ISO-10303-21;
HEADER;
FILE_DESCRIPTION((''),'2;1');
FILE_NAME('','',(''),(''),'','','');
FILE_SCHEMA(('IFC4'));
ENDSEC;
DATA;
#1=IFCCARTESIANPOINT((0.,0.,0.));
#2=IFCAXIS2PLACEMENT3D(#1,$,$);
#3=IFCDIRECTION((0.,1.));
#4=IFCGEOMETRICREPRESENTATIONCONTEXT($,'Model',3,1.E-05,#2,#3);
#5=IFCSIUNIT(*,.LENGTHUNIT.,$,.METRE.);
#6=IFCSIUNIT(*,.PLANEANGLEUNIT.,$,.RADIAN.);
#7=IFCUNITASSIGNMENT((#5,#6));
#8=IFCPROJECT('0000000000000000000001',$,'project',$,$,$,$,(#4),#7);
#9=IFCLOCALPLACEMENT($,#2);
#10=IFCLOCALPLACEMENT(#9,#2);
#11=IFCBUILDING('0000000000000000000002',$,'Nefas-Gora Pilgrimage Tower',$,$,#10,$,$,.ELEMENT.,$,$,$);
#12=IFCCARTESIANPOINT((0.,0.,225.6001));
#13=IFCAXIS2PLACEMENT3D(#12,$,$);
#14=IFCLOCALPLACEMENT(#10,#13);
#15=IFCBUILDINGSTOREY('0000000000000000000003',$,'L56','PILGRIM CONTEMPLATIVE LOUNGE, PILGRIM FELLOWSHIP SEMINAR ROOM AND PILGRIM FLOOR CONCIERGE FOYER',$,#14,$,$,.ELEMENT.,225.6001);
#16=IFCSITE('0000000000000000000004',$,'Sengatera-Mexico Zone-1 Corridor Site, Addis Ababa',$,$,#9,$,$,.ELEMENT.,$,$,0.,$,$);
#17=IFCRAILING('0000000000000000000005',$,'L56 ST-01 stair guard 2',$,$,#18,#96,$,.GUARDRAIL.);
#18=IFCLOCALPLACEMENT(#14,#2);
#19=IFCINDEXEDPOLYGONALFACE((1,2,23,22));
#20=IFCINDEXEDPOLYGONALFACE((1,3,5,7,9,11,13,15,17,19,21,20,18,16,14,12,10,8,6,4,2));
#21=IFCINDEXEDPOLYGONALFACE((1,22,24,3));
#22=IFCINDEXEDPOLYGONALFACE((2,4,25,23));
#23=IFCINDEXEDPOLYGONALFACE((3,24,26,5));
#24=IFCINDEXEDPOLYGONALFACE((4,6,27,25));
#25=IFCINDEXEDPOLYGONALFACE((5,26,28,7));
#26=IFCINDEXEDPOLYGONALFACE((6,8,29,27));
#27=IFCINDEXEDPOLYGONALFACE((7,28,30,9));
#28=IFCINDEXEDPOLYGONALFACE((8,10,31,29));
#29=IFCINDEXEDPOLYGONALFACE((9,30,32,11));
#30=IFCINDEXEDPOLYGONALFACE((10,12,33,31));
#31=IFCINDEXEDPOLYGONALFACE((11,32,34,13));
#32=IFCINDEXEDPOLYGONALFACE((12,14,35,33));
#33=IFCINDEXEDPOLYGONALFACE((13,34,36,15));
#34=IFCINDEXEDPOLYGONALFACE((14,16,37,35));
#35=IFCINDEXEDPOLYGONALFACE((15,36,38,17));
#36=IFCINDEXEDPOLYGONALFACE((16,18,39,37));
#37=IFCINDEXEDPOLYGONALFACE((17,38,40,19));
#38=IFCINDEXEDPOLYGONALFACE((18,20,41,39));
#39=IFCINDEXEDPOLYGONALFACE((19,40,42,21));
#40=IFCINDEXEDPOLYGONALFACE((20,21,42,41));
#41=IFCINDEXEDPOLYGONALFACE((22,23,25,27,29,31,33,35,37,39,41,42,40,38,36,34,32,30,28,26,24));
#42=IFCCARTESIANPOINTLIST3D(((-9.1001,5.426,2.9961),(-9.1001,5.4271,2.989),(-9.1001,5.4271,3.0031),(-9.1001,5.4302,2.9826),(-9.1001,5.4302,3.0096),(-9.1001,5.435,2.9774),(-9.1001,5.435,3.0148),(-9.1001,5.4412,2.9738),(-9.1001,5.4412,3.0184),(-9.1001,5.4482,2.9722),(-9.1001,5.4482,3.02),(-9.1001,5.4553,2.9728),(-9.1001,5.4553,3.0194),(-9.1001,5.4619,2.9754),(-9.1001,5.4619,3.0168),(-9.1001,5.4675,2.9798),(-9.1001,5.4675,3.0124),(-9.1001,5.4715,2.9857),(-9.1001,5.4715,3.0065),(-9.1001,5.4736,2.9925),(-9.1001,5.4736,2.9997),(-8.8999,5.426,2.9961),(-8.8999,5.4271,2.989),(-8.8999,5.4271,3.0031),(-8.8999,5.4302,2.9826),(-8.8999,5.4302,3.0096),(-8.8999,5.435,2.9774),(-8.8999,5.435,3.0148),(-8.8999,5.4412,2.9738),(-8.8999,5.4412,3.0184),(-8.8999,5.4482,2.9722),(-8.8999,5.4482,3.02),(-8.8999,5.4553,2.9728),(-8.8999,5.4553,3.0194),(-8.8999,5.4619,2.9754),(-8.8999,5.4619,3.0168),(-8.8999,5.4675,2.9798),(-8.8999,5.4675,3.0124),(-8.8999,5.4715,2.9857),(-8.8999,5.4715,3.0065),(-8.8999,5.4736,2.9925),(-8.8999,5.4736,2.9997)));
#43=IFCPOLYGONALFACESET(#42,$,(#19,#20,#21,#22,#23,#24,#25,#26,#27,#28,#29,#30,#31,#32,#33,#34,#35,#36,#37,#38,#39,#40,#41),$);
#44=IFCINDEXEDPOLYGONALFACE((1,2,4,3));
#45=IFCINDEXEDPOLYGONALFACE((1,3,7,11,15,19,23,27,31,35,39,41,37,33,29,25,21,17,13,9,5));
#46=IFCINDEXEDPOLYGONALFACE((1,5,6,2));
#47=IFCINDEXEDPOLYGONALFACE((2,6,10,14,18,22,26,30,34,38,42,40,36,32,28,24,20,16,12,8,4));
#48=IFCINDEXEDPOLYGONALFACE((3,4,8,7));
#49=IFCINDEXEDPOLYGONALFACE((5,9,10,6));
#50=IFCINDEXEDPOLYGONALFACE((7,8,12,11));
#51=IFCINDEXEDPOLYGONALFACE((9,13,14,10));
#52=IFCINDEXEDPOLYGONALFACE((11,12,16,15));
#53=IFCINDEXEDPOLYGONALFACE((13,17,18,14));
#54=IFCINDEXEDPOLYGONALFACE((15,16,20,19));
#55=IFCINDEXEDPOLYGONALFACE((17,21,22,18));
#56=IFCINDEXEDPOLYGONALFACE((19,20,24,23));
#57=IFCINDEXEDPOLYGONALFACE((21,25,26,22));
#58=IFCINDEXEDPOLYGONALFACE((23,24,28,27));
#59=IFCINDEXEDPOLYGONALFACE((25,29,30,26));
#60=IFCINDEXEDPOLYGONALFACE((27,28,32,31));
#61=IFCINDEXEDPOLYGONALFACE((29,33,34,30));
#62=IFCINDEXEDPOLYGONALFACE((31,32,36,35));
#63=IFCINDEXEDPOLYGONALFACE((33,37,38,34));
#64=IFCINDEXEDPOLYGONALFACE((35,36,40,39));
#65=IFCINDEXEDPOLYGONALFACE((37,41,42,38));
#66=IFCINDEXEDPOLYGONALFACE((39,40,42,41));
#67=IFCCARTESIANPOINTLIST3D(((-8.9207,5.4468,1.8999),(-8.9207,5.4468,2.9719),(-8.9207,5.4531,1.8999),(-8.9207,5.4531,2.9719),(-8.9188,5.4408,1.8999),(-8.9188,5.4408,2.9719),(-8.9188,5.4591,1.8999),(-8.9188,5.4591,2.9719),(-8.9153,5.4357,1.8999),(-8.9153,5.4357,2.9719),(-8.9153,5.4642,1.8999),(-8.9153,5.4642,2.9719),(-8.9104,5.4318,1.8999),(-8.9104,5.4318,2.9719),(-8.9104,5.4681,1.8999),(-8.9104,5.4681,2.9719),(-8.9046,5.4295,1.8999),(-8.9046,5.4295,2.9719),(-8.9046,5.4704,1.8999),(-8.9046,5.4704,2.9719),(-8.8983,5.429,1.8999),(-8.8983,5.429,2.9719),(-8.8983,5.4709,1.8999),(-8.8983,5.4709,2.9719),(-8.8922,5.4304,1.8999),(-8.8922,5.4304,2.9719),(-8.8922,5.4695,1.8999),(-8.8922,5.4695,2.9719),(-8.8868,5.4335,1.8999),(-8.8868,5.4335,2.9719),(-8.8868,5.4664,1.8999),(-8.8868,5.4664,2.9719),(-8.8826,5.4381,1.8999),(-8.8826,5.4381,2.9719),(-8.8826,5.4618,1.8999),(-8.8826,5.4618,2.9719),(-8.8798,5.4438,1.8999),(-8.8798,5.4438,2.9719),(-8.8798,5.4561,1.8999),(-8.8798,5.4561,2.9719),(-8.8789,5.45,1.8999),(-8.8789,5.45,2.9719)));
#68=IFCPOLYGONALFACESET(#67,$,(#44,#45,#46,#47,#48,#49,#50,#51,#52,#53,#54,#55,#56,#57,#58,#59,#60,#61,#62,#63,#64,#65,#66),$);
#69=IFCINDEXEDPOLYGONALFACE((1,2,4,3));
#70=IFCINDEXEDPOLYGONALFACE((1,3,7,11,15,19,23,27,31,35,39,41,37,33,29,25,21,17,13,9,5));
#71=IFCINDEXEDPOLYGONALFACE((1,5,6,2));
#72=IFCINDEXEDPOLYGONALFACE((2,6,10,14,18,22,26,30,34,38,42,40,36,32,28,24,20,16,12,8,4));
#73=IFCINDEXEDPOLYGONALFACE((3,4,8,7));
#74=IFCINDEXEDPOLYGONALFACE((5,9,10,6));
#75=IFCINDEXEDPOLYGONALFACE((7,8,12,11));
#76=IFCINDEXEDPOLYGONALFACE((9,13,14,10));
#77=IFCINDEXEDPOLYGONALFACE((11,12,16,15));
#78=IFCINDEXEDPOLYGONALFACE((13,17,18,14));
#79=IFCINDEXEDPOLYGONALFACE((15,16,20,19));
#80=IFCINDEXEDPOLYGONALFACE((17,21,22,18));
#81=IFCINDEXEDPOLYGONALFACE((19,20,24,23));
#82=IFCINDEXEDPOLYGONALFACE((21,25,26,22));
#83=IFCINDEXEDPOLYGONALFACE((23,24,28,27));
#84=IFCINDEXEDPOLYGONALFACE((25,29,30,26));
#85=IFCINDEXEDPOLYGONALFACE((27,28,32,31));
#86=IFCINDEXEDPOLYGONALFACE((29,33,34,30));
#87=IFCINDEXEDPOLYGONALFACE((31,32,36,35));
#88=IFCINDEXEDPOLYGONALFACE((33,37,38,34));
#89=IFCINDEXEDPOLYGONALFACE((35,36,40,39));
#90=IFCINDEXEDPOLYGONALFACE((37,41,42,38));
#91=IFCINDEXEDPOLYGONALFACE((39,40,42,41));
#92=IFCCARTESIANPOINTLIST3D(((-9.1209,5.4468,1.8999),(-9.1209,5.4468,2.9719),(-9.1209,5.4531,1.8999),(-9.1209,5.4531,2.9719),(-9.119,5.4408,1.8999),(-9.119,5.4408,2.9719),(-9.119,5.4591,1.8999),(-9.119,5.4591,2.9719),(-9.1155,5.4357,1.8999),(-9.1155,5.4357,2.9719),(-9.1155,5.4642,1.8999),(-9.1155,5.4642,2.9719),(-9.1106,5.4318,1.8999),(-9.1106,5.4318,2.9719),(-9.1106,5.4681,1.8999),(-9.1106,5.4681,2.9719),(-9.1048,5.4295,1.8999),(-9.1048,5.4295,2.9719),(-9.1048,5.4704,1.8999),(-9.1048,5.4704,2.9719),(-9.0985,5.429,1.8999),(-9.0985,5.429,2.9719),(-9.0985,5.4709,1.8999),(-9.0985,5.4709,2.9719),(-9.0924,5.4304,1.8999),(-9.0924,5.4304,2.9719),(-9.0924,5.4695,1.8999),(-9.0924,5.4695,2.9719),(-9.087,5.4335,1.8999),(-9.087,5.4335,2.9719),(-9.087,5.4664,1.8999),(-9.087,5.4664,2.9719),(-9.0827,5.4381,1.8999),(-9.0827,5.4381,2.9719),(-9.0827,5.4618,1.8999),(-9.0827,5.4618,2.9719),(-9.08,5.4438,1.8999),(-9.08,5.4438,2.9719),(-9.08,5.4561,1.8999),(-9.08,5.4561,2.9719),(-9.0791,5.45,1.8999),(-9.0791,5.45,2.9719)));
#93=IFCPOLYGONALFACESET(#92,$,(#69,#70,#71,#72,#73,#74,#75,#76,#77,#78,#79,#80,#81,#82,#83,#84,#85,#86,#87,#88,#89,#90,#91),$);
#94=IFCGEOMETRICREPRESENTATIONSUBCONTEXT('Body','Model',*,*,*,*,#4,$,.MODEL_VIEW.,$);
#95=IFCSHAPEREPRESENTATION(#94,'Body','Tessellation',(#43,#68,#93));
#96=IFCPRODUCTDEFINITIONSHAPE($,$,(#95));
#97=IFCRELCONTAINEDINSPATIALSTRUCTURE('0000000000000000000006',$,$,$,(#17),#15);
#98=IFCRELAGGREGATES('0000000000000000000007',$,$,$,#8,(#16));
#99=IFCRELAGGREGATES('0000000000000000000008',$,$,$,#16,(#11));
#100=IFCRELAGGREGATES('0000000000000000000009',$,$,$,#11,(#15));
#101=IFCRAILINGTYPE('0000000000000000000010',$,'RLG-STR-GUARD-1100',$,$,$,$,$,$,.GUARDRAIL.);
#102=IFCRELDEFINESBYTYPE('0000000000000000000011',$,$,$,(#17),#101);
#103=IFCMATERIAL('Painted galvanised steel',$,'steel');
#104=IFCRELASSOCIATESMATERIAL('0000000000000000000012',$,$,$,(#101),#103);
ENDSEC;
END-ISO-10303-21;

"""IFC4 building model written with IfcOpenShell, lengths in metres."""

from ifc_helpers import new_model, si_unit, direction, frame, origin, origin_2d, place, context, subcontext, project, spatial, circle, extrude, material, type_object, element, save


model = new_model("IFC4")

# Units and contexts
model_context = context("Model", 3, precision=1e-05, world=origin(), true_north=direction((0.0, 1.0)))
body_context = subcontext(model_context, "Body", "Model", "MODEL_VIEW")
ifc_project = project(units=[si_unit("LENGTHUNIT", "METRE"), si_unit("PLANEANGLEUNIT", "RADIAN")], contexts=[model_context])

# Site, building, storey
site_placement = place(None, origin())
site = spatial("IfcSite", under=ifc_project, at=site_placement, Name="Sengatera-Mexico Zone-1 Corridor Site, Addis Ababa", CompositionType="ELEMENT", RefElevation=0.0)
building_placement = place(site_placement, origin())
building = spatial("IfcBuilding", under=site, at=building_placement, Name="Nefas-Gora Pilgrimage Tower", CompositionType="ELEMENT")
storey_placement = place(building_placement, frame((0.0, 0.0, 225.6001)))
storey = spatial("IfcBuildingStorey", under=building, at=storey_placement, Name="L56", Description="PILGRIM CONTEMPLATIVE LOUNGE, PILGRIM FELLOWSHIP SEMINAR ROOM AND PILGRIM FLOOR CONCIERGE FOYER", CompositionType="ELEMENT", Elevation=225.6001)

# Railing
ifc_material_1 = material(Name="Painted galvanised steel", Category="steel")
railing_type_1 = type_object("IfcRailingType", Name="RLG-STR-GUARD-1100", PredefinedType="GUARDRAIL", material=ifc_material_1)
railing_1_placement = place(storey_placement, frame((-8.8999, 5.45, 1.8999)))
element("IfcRailing", 1, at=railing_1_placement, inside=storey, type_object=railing_type_1, Name="L56 ST-01 stair guard 2", PredefinedType="GUARDRAIL", context=body_context, shape_type="SweptSolid", body=[
    extrude(circle(Radius=0.0239, at=origin_2d()), frame((0.0, 0.0, 1.0962), z_axis=(-1.0, 0.0, 0.0), x_axis=(0.0, -1.0, 0.0)), (0.0, 0.0, 1.0), 0.2002),
    extrude(circle(Radius=0.021, at=origin_2d()), origin(), (0.0, 0.0, 1.0), 1.072),
    extrude(circle(Radius=0.021, at=origin_2d()), frame((-0.2002, 0.0, 0.0)), (0.0, 0.0, 1.0), 1.072),
])

save(model, "model.ifc")
